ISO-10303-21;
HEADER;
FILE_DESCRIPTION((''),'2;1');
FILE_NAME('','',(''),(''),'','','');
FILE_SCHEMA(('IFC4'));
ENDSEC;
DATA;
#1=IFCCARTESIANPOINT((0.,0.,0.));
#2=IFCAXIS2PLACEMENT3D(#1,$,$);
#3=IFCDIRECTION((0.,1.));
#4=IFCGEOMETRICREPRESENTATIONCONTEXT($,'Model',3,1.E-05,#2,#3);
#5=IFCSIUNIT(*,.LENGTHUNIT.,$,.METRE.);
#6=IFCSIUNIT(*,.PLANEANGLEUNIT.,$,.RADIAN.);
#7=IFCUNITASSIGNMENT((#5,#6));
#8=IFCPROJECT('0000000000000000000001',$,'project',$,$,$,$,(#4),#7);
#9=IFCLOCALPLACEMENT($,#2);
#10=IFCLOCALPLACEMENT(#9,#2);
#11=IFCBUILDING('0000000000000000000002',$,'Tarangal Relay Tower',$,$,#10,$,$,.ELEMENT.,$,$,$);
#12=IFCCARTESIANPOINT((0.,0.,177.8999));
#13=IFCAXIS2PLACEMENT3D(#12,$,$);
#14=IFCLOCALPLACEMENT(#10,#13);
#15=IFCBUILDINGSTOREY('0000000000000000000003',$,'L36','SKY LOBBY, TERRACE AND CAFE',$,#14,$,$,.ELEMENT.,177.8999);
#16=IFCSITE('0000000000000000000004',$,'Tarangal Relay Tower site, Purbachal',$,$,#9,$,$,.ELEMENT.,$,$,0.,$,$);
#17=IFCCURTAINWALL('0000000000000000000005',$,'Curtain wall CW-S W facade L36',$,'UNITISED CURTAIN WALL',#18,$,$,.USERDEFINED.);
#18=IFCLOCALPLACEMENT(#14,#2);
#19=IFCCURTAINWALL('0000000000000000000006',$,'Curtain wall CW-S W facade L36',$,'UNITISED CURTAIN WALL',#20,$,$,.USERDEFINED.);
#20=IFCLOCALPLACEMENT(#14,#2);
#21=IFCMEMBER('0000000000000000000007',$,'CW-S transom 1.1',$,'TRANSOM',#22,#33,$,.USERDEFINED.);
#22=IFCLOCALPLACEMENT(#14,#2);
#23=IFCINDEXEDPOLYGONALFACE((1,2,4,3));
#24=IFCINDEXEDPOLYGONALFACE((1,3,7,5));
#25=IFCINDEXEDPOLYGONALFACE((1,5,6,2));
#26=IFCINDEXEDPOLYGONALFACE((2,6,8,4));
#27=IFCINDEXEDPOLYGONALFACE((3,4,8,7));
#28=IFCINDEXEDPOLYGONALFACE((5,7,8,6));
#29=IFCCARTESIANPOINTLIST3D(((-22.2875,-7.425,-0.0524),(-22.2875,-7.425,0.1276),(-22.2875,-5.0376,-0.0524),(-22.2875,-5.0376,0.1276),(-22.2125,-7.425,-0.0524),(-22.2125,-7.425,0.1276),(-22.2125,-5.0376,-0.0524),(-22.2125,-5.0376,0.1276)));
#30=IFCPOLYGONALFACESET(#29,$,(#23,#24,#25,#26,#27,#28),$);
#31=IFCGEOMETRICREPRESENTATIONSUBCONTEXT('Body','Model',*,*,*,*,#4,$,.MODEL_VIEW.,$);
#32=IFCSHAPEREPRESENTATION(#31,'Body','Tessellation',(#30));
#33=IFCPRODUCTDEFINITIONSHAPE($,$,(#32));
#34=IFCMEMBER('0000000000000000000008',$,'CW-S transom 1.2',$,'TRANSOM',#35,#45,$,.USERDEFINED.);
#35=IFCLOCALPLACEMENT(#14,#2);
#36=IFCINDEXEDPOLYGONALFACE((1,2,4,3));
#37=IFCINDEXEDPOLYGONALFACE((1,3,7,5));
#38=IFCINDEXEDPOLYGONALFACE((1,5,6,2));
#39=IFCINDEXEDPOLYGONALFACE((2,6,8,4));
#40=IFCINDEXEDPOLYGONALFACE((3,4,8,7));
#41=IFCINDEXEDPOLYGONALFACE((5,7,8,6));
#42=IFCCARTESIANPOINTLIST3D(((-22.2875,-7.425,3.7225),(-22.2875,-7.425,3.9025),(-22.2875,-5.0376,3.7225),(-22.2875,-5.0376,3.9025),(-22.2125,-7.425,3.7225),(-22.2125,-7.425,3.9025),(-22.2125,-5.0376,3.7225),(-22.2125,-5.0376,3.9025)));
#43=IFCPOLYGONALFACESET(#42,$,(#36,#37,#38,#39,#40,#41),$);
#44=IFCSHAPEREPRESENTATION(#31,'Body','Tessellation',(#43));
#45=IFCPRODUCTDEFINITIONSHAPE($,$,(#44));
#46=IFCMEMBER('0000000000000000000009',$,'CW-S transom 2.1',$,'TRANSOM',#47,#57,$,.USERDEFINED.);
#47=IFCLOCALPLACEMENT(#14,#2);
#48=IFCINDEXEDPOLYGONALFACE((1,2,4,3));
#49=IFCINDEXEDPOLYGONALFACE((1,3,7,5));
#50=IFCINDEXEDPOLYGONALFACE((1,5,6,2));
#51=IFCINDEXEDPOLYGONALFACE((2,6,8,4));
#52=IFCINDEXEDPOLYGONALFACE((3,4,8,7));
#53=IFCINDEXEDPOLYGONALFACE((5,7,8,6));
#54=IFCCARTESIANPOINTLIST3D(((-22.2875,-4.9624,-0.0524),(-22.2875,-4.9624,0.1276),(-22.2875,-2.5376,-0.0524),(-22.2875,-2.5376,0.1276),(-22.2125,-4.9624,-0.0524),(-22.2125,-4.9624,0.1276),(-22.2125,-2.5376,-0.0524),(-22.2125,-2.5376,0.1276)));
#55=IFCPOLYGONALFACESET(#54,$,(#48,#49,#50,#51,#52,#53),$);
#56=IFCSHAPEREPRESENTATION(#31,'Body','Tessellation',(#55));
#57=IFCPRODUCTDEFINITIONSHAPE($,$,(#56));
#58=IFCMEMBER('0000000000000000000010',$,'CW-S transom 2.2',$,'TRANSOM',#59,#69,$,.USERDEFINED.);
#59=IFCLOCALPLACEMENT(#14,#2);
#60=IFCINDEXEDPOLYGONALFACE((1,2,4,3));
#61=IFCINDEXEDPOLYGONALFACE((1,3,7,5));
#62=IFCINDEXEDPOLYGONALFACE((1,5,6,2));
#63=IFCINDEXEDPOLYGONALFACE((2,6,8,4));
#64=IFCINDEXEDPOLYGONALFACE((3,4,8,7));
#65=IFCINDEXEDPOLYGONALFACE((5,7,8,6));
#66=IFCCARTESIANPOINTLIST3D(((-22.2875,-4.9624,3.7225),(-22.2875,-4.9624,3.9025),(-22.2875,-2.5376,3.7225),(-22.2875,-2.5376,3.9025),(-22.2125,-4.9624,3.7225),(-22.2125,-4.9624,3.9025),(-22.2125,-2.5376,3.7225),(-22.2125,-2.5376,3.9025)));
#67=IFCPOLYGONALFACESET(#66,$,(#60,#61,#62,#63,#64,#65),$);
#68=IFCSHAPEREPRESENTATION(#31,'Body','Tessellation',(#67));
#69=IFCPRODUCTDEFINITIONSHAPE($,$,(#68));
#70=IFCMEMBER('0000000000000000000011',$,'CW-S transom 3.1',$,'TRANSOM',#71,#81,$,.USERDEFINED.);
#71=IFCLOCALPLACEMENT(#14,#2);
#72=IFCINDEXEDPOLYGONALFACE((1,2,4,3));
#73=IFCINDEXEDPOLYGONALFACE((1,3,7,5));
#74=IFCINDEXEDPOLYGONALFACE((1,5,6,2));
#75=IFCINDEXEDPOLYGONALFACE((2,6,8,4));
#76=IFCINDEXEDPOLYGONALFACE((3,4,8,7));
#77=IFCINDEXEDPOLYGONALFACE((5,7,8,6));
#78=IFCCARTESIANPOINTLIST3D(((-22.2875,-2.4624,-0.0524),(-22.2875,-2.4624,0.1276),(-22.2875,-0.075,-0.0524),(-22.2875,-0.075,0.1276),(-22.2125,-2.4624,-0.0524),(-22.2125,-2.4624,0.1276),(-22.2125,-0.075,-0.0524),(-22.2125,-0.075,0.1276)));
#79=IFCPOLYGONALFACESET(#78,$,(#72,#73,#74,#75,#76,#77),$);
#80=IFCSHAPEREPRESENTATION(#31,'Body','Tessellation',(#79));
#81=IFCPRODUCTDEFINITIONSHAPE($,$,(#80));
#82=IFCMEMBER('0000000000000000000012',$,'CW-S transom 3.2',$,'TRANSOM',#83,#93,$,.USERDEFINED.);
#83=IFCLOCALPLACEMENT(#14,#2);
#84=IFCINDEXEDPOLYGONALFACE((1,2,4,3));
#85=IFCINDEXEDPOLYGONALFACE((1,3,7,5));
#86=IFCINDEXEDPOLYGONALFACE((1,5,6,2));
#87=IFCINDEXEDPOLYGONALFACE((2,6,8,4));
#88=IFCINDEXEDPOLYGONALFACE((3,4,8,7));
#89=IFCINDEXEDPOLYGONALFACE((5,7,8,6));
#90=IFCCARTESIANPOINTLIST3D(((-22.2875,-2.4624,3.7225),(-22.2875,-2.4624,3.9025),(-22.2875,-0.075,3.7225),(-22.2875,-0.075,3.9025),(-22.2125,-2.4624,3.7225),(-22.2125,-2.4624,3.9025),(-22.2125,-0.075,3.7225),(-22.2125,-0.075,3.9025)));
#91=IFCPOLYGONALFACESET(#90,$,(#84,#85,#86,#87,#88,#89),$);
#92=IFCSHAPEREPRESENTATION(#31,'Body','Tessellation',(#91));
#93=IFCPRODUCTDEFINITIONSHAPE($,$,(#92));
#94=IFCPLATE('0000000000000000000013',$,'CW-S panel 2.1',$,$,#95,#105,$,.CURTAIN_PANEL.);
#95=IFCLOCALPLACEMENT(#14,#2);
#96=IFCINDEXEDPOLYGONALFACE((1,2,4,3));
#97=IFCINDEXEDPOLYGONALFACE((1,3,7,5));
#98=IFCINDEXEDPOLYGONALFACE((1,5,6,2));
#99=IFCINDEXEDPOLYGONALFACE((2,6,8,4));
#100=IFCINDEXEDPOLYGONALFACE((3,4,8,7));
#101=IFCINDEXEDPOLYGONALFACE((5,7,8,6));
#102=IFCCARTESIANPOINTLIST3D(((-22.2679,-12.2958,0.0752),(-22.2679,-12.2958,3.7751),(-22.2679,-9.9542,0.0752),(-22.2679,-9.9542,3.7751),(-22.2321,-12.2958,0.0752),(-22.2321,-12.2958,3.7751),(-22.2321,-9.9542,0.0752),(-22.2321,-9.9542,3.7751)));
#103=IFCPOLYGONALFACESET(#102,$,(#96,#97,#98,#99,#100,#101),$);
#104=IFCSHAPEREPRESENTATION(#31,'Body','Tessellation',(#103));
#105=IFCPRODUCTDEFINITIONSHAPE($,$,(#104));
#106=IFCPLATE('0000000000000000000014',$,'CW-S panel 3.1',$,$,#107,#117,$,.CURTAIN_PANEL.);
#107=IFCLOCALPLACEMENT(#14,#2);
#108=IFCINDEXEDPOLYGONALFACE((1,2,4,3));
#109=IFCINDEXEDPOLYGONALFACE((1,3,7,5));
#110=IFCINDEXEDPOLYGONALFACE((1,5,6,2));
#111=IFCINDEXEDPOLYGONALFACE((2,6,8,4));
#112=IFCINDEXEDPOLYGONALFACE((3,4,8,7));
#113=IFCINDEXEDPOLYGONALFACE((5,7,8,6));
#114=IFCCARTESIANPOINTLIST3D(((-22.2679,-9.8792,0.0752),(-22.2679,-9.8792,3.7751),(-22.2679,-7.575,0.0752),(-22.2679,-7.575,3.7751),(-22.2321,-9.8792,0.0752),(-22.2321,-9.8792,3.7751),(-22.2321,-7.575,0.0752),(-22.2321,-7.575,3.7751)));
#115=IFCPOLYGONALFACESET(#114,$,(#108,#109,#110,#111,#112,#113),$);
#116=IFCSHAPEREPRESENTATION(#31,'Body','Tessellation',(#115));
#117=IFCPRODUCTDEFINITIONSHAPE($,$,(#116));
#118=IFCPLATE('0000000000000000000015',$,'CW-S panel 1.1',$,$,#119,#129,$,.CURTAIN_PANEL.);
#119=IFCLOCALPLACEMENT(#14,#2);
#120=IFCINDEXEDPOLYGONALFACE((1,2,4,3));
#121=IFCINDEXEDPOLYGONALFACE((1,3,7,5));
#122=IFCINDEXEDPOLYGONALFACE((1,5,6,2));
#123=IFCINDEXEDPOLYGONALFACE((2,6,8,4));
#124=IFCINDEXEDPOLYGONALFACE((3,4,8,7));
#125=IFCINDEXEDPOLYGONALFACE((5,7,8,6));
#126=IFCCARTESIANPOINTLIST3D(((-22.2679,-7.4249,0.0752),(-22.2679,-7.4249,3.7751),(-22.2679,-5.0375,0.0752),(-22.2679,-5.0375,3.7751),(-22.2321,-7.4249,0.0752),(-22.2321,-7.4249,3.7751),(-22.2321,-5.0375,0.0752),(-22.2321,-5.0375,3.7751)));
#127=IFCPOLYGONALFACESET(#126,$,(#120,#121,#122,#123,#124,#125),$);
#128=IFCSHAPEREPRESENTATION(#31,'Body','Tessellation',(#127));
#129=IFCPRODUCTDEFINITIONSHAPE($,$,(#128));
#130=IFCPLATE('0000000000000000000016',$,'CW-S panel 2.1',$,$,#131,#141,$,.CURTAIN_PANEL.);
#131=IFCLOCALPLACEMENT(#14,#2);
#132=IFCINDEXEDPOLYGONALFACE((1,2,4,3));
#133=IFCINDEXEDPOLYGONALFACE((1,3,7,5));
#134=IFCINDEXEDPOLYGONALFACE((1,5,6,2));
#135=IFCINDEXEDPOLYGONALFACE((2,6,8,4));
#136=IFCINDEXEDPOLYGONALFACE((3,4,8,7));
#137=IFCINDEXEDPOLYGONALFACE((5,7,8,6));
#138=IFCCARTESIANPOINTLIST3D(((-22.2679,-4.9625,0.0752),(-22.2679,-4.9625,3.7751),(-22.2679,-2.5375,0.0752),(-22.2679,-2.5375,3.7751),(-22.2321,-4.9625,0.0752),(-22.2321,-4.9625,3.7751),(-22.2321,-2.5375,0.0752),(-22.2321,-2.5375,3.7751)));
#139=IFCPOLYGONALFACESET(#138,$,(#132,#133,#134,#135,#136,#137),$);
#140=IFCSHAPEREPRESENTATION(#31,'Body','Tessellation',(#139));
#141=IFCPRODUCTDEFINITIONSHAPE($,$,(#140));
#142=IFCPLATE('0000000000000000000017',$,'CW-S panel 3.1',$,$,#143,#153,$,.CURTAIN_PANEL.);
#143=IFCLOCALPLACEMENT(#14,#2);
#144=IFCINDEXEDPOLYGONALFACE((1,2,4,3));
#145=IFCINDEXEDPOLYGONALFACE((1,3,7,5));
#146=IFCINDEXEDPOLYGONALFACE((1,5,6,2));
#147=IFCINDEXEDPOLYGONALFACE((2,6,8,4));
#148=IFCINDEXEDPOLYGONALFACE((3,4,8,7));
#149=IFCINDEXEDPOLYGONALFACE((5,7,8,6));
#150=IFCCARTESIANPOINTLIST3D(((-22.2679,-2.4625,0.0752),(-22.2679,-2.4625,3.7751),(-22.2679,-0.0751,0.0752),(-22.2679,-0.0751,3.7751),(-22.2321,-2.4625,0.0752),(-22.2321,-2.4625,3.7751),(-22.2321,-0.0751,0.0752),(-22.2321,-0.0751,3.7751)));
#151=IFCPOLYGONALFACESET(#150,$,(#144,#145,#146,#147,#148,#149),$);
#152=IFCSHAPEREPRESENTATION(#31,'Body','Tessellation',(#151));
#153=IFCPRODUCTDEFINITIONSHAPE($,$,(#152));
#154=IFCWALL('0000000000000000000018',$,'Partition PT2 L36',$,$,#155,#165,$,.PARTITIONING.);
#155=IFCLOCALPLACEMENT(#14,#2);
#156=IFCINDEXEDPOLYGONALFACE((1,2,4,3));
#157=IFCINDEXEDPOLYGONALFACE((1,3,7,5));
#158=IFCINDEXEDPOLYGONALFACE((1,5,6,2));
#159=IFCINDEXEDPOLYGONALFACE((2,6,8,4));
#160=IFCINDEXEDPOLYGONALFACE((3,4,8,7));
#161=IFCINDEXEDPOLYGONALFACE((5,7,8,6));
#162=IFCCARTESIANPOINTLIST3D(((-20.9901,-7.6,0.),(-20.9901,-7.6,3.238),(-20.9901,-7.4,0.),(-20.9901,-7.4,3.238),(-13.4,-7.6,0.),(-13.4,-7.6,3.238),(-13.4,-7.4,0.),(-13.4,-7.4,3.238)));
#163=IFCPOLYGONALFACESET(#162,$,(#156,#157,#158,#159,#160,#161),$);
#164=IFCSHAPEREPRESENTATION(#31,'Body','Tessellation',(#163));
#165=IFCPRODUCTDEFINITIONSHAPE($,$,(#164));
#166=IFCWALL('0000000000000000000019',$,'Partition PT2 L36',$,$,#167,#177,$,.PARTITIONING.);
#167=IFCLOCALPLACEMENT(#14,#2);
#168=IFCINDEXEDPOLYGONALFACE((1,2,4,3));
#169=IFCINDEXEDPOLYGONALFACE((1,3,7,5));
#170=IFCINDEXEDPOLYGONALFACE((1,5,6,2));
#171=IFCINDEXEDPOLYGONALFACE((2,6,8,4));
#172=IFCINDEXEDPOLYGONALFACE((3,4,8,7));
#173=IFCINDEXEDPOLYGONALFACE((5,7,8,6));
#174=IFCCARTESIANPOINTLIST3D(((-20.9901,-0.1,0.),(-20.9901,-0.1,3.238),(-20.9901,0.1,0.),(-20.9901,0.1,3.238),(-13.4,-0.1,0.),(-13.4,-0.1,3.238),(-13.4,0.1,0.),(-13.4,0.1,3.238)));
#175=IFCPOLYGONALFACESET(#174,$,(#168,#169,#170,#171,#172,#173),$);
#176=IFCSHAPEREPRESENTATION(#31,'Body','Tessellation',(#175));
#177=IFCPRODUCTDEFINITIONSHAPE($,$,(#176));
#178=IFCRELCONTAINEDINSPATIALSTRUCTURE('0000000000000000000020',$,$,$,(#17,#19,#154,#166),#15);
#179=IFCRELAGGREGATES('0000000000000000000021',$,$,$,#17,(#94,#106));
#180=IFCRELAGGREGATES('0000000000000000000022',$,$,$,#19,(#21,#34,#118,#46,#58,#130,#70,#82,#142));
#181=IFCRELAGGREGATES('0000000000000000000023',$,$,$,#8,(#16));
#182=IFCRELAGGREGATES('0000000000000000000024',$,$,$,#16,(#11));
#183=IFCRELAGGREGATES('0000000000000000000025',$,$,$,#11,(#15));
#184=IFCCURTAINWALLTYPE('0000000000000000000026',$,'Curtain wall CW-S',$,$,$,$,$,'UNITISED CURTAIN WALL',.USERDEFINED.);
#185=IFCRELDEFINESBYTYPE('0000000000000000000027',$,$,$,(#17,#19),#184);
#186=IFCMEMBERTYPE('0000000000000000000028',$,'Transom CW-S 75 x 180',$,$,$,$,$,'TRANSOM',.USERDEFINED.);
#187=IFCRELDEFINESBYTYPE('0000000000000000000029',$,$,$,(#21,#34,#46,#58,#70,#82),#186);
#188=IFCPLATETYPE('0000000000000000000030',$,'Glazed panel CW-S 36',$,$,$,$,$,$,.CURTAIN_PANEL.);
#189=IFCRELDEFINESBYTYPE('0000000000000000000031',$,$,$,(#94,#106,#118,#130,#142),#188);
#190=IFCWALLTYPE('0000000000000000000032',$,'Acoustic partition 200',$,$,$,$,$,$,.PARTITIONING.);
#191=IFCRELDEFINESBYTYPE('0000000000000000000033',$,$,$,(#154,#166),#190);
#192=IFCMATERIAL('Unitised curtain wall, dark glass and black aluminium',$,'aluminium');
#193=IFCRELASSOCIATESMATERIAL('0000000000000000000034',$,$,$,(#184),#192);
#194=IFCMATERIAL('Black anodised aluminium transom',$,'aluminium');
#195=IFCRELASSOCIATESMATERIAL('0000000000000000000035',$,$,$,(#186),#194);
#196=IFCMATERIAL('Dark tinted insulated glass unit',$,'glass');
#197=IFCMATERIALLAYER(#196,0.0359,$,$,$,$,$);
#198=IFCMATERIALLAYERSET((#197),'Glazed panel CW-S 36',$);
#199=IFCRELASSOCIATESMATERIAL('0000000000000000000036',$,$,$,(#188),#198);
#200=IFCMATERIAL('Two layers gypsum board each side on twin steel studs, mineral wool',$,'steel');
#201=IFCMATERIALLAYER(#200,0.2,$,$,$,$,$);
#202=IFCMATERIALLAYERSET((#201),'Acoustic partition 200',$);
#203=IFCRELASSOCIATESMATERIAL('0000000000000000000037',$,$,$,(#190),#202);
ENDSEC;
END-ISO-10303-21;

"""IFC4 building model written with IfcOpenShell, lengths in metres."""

from ifc_helpers import new_model, si_unit, direction, frame, frame_2d, origin, origin_2d, place, context, subcontext, project, spatial, rectangle, extrude, material, layer, layer_set, material_profile, profile_set, type_object, element, aggregate, save


model = new_model("IFC4")

# Units and contexts
model_context = context("Model", 3, precision=1e-05, world=origin(), true_north=direction((0.0, 1.0)))
body_context = subcontext(model_context, "Body", "Model", "MODEL_VIEW")
ifc_project = project(units=[si_unit("LENGTHUNIT", "METRE"), si_unit("PLANEANGLEUNIT", "RADIAN")], contexts=[model_context])

# Site, building, storey
site_placement = place(None, origin())
site = spatial("IfcSite", under=ifc_project, at=site_placement, Name="Tarangal Relay Tower site, Purbachal", CompositionType="ELEMENT", RefElevation=0.0)
building_placement = place(site_placement, origin())
building = spatial("IfcBuilding", under=site, at=building_placement, Name="Tarangal Relay Tower", CompositionType="ELEMENT")
storey_placement = place(building_placement, frame((0.0, 0.0, 177.8999)))
storey = spatial("IfcBuildingStorey", under=building, at=storey_placement, Name="L36", Description="SKY LOBBY, TERRACE AND CAFE", CompositionType="ELEMENT", Elevation=177.8999)

# Curtain walls
ifc_material_1 = material(Name="Unitised curtain wall, dark glass and black aluminium", Category="aluminium")
curtain_wall_type = type_object("IfcCurtainWallType", Name="Curtain wall CW-S", ElementType="UNITISED CURTAIN WALL", PredefinedType="USERDEFINED", material=ifc_material_1)
curtain_wall_1_placement = place(storey_placement, origin())
curtain_wall_1 = element("IfcCurtainWall", 1, at=curtain_wall_1_placement, inside=storey, type_object=curtain_wall_type, Name="Curtain wall CW-S W facade L36", ObjectType="UNITISED CURTAIN WALL", PredefinedType="USERDEFINED")
curtain_wall_2_placement = place(storey_placement, origin())
curtain_wall_2 = element("IfcCurtainWall", 2, at=curtain_wall_2_placement, inside=storey, type_object=curtain_wall_type, Name="Curtain wall CW-S W facade L36", ObjectType="UNITISED CURTAIN WALL", PredefinedType="USERDEFINED")

# Members
ifc_material_2 = material(Name="Black anodised aluminium transom", Category="aluminium")
ifc_material_profile_1 = material_profile(ifc_material_2, rectangle(XDim=0.075, YDim=0.1799, at=origin_2d()), Name="CW-ST 75X180")
ifc_profile_set_1 = profile_set([ifc_material_profile_1], Name="Black anodised aluminium transom")
member_type_1 = type_object("IfcMemberType", Name="Transom CW-S 75 x 180", ElementType="TRANSOM", PredefinedType="USERDEFINED", material=ifc_profile_set_1)
member_1_placement = place(storey_placement, frame((-22.25, -7.425, 0.0376), z_axis=(0.0, 1.0, 0.0), x_axis=(-1.0, 0.0, 0.0)))
member_1 = element("IfcMember", 3, at=member_1_placement, type_object=member_type_1, Name="CW-S transom 1.1", ObjectType="TRANSOM", PredefinedType="USERDEFINED", context=body_context, shape_type="SweptSolid", body=[
    extrude(rectangle(XDim=0.075, YDim=0.1799, at=origin_2d()), origin(), (0.0, 0.0, 1.0), 2.3875),
])
member_2_placement = place(storey_placement, frame((-22.25, -7.425, 3.8125), z_axis=(0.0, 1.0, 0.0), x_axis=(-1.0, 0.0, 0.0)))
member_2 = element("IfcMember", 4, at=member_2_placement, type_object=member_type_1, Name="CW-S transom 1.2", ObjectType="TRANSOM", PredefinedType="USERDEFINED", context=body_context, shape_type="SweptSolid", body=[
    extrude(rectangle(XDim=0.075, YDim=0.1799, at=origin_2d()), origin(), (0.0, 0.0, 1.0), 2.3875),
])
member_3_placement = place(storey_placement, frame((-22.25, -4.9624, 0.0376), z_axis=(0.0, 1.0, 0.0), x_axis=(-1.0, 0.0, 0.0)))
member_3 = element("IfcMember", 5, at=member_3_placement, type_object=member_type_1, Name="CW-S transom 2.1", ObjectType="TRANSOM", PredefinedType="USERDEFINED", context=body_context, shape_type="SweptSolid", body=[
    extrude(rectangle(XDim=0.075, YDim=0.1799, at=origin_2d()), origin(), (0.0, 0.0, 1.0), 2.4248),
])
member_4_placement = place(storey_placement, frame((-22.25, -4.9624, 3.8125), z_axis=(0.0, 1.0, 0.0), x_axis=(-1.0, 0.0, 0.0)))
member_4 = element("IfcMember", 6, at=member_4_placement, type_object=member_type_1, Name="CW-S transom 2.2", ObjectType="TRANSOM", PredefinedType="USERDEFINED", context=body_context, shape_type="SweptSolid", body=[
    extrude(rectangle(XDim=0.075, YDim=0.1799, at=origin_2d()), origin(), (0.0, 0.0, 1.0), 2.4248),
])
member_5_placement = place(storey_placement, frame((-22.25, -2.4624, 0.0376), z_axis=(0.0, 1.0, 0.0), x_axis=(-1.0, 0.0, 0.0)))
member_5 = element("IfcMember", 7, at=member_5_placement, type_object=member_type_1, Name="CW-S transom 3.1", ObjectType="TRANSOM", PredefinedType="USERDEFINED", context=body_context, shape_type="SweptSolid", body=[
    extrude(rectangle(XDim=0.075, YDim=0.1799, at=origin_2d()), origin(), (0.0, 0.0, 1.0), 2.3875),
])
member_6_placement = place(storey_placement, frame((-22.25, -2.4624, 3.8125), z_axis=(0.0, 1.0, 0.0), x_axis=(-1.0, 0.0, 0.0)))
member_6 = element("IfcMember", 8, at=member_6_placement, type_object=member_type_1, Name="CW-S transom 3.2", ObjectType="TRANSOM", PredefinedType="USERDEFINED", context=body_context, shape_type="SweptSolid", body=[
    extrude(rectangle(XDim=0.075, YDim=0.1799, at=origin_2d()), origin(), (0.0, 0.0, 1.0), 2.3875),
])

# Plates
ifc_material_3 = material(Name="Dark tinted insulated glass unit", Category="glass")
ifc_layer_1 = layer(ifc_material_3, 0.0359)
ifc_layer_set_1 = layer_set([ifc_layer_1], Name="Glazed panel CW-S 36")
plate_type = type_object("IfcPlateType", Name="Glazed panel CW-S 36", PredefinedType="CURTAIN_PANEL", material=ifc_layer_set_1)
plate_1_placement = place(storey_placement, frame((-22.25, -11.125, 0.0752), z_axis=(0.0, 0.0, 1.0), x_axis=(0.0, 1.0, 0.0)))
plate_1 = element("IfcPlate", 9, at=plate_1_placement, type_object=plate_type, Name="CW-S panel 2.1", PredefinedType="CURTAIN_PANEL", context=body_context, shape_type="SweptSolid", body=[
    extrude(rectangle(XDim=2.3416, YDim=0.0359, at=origin_2d()), origin(), (0.0, 0.0, 1.0), 3.7),
])
plate_2_placement = place(storey_placement, frame((-22.25, -8.7271, 0.0752), z_axis=(0.0, 0.0, 1.0), x_axis=(0.0, 1.0, 0.0)))
plate_2 = element("IfcPlate", 10, at=plate_2_placement, type_object=plate_type, Name="CW-S panel 3.1", PredefinedType="CURTAIN_PANEL", context=body_context, shape_type="SweptSolid", body=[
    extrude(rectangle(XDim=2.3042, YDim=0.0359, at=origin_2d()), origin(), (0.0, 0.0, 1.0), 3.7),
])
aggregate(curtain_wall_1, [plate_1, plate_2])
plate_3_placement = place(storey_placement, frame((-22.25, -6.2312, 0.0752), z_axis=(0.0, 0.0, 1.0), x_axis=(0.0, 1.0, 0.0)))
plate_3 = element("IfcPlate", 11, at=plate_3_placement, type_object=plate_type, Name="CW-S panel 1.1", PredefinedType="CURTAIN_PANEL", context=body_context, shape_type="SweptSolid", body=[
    extrude(rectangle(XDim=2.3875, YDim=0.0359, at=origin_2d()), origin(), (0.0, 0.0, 1.0), 3.7),
])
plate_4_placement = place(storey_placement, frame((-22.25, -3.75, 0.0752), z_axis=(0.0, 0.0, 1.0), x_axis=(0.0, 1.0, 0.0)))
plate_4 = element("IfcPlate", 12, at=plate_4_placement, type_object=plate_type, Name="CW-S panel 2.1", PredefinedType="CURTAIN_PANEL", context=body_context, shape_type="SweptSolid", body=[
    extrude(rectangle(XDim=2.425, YDim=0.0359, at=origin_2d()), origin(), (0.0, 0.0, 1.0), 3.7),
])
plate_5_placement = place(storey_placement, frame((-22.25, -1.2688, 0.0752), z_axis=(0.0, 0.0, 1.0), x_axis=(0.0, 1.0, 0.0)))
plate_5 = element("IfcPlate", 13, at=plate_5_placement, type_object=plate_type, Name="CW-S panel 3.1", PredefinedType="CURTAIN_PANEL", context=body_context, shape_type="SweptSolid", body=[
    extrude(rectangle(XDim=2.3875, YDim=0.0359, at=origin_2d()), origin(), (0.0, 0.0, 1.0), 3.7),
])
aggregate(curtain_wall_2, [member_1, member_2, plate_3, member_3, member_4, plate_4, member_5, member_6, plate_5])

# Walls
ifc_material_4 = material(Name="Two layers gypsum board each side on twin steel studs, mineral wool", Category="steel")
ifc_layer_2 = layer(ifc_material_4, 0.2)
ifc_layer_set_2 = layer_set([ifc_layer_2], Name="Acoustic partition 200")
wall_type_1 = type_object("IfcWallType", Name="Acoustic partition 200", PredefinedType="PARTITIONING", material=ifc_layer_set_2)
for number, where, z_axis, x_axis, name in (
    (14, (-20.99, -7.5, 0.0), (0.0, 0.0, 1.0), (1.0, 0.0, 0.0), "Partition PT2 L36"),
    (15, (-20.99, 0.0, 0.0), (0.0, 0.0, 1.0), (1.0, 0.0, 0.0), "Partition PT2 L36"),
):
    element("IfcWall", number, at=place(storey_placement, frame(where, z_axis=z_axis, x_axis=x_axis)), inside=storey, type_object=wall_type_1, Name=name, PredefinedType="PARTITIONING", context=body_context, shape_type="SweptSolid", body=[
        extrude(rectangle(XDim=7.5901, YDim=0.2, at=frame_2d((3.7949, 0.0))), origin(), (0.0, 0.0, 1.0), 3.238),
    ])

save(model, "model.ifc")
